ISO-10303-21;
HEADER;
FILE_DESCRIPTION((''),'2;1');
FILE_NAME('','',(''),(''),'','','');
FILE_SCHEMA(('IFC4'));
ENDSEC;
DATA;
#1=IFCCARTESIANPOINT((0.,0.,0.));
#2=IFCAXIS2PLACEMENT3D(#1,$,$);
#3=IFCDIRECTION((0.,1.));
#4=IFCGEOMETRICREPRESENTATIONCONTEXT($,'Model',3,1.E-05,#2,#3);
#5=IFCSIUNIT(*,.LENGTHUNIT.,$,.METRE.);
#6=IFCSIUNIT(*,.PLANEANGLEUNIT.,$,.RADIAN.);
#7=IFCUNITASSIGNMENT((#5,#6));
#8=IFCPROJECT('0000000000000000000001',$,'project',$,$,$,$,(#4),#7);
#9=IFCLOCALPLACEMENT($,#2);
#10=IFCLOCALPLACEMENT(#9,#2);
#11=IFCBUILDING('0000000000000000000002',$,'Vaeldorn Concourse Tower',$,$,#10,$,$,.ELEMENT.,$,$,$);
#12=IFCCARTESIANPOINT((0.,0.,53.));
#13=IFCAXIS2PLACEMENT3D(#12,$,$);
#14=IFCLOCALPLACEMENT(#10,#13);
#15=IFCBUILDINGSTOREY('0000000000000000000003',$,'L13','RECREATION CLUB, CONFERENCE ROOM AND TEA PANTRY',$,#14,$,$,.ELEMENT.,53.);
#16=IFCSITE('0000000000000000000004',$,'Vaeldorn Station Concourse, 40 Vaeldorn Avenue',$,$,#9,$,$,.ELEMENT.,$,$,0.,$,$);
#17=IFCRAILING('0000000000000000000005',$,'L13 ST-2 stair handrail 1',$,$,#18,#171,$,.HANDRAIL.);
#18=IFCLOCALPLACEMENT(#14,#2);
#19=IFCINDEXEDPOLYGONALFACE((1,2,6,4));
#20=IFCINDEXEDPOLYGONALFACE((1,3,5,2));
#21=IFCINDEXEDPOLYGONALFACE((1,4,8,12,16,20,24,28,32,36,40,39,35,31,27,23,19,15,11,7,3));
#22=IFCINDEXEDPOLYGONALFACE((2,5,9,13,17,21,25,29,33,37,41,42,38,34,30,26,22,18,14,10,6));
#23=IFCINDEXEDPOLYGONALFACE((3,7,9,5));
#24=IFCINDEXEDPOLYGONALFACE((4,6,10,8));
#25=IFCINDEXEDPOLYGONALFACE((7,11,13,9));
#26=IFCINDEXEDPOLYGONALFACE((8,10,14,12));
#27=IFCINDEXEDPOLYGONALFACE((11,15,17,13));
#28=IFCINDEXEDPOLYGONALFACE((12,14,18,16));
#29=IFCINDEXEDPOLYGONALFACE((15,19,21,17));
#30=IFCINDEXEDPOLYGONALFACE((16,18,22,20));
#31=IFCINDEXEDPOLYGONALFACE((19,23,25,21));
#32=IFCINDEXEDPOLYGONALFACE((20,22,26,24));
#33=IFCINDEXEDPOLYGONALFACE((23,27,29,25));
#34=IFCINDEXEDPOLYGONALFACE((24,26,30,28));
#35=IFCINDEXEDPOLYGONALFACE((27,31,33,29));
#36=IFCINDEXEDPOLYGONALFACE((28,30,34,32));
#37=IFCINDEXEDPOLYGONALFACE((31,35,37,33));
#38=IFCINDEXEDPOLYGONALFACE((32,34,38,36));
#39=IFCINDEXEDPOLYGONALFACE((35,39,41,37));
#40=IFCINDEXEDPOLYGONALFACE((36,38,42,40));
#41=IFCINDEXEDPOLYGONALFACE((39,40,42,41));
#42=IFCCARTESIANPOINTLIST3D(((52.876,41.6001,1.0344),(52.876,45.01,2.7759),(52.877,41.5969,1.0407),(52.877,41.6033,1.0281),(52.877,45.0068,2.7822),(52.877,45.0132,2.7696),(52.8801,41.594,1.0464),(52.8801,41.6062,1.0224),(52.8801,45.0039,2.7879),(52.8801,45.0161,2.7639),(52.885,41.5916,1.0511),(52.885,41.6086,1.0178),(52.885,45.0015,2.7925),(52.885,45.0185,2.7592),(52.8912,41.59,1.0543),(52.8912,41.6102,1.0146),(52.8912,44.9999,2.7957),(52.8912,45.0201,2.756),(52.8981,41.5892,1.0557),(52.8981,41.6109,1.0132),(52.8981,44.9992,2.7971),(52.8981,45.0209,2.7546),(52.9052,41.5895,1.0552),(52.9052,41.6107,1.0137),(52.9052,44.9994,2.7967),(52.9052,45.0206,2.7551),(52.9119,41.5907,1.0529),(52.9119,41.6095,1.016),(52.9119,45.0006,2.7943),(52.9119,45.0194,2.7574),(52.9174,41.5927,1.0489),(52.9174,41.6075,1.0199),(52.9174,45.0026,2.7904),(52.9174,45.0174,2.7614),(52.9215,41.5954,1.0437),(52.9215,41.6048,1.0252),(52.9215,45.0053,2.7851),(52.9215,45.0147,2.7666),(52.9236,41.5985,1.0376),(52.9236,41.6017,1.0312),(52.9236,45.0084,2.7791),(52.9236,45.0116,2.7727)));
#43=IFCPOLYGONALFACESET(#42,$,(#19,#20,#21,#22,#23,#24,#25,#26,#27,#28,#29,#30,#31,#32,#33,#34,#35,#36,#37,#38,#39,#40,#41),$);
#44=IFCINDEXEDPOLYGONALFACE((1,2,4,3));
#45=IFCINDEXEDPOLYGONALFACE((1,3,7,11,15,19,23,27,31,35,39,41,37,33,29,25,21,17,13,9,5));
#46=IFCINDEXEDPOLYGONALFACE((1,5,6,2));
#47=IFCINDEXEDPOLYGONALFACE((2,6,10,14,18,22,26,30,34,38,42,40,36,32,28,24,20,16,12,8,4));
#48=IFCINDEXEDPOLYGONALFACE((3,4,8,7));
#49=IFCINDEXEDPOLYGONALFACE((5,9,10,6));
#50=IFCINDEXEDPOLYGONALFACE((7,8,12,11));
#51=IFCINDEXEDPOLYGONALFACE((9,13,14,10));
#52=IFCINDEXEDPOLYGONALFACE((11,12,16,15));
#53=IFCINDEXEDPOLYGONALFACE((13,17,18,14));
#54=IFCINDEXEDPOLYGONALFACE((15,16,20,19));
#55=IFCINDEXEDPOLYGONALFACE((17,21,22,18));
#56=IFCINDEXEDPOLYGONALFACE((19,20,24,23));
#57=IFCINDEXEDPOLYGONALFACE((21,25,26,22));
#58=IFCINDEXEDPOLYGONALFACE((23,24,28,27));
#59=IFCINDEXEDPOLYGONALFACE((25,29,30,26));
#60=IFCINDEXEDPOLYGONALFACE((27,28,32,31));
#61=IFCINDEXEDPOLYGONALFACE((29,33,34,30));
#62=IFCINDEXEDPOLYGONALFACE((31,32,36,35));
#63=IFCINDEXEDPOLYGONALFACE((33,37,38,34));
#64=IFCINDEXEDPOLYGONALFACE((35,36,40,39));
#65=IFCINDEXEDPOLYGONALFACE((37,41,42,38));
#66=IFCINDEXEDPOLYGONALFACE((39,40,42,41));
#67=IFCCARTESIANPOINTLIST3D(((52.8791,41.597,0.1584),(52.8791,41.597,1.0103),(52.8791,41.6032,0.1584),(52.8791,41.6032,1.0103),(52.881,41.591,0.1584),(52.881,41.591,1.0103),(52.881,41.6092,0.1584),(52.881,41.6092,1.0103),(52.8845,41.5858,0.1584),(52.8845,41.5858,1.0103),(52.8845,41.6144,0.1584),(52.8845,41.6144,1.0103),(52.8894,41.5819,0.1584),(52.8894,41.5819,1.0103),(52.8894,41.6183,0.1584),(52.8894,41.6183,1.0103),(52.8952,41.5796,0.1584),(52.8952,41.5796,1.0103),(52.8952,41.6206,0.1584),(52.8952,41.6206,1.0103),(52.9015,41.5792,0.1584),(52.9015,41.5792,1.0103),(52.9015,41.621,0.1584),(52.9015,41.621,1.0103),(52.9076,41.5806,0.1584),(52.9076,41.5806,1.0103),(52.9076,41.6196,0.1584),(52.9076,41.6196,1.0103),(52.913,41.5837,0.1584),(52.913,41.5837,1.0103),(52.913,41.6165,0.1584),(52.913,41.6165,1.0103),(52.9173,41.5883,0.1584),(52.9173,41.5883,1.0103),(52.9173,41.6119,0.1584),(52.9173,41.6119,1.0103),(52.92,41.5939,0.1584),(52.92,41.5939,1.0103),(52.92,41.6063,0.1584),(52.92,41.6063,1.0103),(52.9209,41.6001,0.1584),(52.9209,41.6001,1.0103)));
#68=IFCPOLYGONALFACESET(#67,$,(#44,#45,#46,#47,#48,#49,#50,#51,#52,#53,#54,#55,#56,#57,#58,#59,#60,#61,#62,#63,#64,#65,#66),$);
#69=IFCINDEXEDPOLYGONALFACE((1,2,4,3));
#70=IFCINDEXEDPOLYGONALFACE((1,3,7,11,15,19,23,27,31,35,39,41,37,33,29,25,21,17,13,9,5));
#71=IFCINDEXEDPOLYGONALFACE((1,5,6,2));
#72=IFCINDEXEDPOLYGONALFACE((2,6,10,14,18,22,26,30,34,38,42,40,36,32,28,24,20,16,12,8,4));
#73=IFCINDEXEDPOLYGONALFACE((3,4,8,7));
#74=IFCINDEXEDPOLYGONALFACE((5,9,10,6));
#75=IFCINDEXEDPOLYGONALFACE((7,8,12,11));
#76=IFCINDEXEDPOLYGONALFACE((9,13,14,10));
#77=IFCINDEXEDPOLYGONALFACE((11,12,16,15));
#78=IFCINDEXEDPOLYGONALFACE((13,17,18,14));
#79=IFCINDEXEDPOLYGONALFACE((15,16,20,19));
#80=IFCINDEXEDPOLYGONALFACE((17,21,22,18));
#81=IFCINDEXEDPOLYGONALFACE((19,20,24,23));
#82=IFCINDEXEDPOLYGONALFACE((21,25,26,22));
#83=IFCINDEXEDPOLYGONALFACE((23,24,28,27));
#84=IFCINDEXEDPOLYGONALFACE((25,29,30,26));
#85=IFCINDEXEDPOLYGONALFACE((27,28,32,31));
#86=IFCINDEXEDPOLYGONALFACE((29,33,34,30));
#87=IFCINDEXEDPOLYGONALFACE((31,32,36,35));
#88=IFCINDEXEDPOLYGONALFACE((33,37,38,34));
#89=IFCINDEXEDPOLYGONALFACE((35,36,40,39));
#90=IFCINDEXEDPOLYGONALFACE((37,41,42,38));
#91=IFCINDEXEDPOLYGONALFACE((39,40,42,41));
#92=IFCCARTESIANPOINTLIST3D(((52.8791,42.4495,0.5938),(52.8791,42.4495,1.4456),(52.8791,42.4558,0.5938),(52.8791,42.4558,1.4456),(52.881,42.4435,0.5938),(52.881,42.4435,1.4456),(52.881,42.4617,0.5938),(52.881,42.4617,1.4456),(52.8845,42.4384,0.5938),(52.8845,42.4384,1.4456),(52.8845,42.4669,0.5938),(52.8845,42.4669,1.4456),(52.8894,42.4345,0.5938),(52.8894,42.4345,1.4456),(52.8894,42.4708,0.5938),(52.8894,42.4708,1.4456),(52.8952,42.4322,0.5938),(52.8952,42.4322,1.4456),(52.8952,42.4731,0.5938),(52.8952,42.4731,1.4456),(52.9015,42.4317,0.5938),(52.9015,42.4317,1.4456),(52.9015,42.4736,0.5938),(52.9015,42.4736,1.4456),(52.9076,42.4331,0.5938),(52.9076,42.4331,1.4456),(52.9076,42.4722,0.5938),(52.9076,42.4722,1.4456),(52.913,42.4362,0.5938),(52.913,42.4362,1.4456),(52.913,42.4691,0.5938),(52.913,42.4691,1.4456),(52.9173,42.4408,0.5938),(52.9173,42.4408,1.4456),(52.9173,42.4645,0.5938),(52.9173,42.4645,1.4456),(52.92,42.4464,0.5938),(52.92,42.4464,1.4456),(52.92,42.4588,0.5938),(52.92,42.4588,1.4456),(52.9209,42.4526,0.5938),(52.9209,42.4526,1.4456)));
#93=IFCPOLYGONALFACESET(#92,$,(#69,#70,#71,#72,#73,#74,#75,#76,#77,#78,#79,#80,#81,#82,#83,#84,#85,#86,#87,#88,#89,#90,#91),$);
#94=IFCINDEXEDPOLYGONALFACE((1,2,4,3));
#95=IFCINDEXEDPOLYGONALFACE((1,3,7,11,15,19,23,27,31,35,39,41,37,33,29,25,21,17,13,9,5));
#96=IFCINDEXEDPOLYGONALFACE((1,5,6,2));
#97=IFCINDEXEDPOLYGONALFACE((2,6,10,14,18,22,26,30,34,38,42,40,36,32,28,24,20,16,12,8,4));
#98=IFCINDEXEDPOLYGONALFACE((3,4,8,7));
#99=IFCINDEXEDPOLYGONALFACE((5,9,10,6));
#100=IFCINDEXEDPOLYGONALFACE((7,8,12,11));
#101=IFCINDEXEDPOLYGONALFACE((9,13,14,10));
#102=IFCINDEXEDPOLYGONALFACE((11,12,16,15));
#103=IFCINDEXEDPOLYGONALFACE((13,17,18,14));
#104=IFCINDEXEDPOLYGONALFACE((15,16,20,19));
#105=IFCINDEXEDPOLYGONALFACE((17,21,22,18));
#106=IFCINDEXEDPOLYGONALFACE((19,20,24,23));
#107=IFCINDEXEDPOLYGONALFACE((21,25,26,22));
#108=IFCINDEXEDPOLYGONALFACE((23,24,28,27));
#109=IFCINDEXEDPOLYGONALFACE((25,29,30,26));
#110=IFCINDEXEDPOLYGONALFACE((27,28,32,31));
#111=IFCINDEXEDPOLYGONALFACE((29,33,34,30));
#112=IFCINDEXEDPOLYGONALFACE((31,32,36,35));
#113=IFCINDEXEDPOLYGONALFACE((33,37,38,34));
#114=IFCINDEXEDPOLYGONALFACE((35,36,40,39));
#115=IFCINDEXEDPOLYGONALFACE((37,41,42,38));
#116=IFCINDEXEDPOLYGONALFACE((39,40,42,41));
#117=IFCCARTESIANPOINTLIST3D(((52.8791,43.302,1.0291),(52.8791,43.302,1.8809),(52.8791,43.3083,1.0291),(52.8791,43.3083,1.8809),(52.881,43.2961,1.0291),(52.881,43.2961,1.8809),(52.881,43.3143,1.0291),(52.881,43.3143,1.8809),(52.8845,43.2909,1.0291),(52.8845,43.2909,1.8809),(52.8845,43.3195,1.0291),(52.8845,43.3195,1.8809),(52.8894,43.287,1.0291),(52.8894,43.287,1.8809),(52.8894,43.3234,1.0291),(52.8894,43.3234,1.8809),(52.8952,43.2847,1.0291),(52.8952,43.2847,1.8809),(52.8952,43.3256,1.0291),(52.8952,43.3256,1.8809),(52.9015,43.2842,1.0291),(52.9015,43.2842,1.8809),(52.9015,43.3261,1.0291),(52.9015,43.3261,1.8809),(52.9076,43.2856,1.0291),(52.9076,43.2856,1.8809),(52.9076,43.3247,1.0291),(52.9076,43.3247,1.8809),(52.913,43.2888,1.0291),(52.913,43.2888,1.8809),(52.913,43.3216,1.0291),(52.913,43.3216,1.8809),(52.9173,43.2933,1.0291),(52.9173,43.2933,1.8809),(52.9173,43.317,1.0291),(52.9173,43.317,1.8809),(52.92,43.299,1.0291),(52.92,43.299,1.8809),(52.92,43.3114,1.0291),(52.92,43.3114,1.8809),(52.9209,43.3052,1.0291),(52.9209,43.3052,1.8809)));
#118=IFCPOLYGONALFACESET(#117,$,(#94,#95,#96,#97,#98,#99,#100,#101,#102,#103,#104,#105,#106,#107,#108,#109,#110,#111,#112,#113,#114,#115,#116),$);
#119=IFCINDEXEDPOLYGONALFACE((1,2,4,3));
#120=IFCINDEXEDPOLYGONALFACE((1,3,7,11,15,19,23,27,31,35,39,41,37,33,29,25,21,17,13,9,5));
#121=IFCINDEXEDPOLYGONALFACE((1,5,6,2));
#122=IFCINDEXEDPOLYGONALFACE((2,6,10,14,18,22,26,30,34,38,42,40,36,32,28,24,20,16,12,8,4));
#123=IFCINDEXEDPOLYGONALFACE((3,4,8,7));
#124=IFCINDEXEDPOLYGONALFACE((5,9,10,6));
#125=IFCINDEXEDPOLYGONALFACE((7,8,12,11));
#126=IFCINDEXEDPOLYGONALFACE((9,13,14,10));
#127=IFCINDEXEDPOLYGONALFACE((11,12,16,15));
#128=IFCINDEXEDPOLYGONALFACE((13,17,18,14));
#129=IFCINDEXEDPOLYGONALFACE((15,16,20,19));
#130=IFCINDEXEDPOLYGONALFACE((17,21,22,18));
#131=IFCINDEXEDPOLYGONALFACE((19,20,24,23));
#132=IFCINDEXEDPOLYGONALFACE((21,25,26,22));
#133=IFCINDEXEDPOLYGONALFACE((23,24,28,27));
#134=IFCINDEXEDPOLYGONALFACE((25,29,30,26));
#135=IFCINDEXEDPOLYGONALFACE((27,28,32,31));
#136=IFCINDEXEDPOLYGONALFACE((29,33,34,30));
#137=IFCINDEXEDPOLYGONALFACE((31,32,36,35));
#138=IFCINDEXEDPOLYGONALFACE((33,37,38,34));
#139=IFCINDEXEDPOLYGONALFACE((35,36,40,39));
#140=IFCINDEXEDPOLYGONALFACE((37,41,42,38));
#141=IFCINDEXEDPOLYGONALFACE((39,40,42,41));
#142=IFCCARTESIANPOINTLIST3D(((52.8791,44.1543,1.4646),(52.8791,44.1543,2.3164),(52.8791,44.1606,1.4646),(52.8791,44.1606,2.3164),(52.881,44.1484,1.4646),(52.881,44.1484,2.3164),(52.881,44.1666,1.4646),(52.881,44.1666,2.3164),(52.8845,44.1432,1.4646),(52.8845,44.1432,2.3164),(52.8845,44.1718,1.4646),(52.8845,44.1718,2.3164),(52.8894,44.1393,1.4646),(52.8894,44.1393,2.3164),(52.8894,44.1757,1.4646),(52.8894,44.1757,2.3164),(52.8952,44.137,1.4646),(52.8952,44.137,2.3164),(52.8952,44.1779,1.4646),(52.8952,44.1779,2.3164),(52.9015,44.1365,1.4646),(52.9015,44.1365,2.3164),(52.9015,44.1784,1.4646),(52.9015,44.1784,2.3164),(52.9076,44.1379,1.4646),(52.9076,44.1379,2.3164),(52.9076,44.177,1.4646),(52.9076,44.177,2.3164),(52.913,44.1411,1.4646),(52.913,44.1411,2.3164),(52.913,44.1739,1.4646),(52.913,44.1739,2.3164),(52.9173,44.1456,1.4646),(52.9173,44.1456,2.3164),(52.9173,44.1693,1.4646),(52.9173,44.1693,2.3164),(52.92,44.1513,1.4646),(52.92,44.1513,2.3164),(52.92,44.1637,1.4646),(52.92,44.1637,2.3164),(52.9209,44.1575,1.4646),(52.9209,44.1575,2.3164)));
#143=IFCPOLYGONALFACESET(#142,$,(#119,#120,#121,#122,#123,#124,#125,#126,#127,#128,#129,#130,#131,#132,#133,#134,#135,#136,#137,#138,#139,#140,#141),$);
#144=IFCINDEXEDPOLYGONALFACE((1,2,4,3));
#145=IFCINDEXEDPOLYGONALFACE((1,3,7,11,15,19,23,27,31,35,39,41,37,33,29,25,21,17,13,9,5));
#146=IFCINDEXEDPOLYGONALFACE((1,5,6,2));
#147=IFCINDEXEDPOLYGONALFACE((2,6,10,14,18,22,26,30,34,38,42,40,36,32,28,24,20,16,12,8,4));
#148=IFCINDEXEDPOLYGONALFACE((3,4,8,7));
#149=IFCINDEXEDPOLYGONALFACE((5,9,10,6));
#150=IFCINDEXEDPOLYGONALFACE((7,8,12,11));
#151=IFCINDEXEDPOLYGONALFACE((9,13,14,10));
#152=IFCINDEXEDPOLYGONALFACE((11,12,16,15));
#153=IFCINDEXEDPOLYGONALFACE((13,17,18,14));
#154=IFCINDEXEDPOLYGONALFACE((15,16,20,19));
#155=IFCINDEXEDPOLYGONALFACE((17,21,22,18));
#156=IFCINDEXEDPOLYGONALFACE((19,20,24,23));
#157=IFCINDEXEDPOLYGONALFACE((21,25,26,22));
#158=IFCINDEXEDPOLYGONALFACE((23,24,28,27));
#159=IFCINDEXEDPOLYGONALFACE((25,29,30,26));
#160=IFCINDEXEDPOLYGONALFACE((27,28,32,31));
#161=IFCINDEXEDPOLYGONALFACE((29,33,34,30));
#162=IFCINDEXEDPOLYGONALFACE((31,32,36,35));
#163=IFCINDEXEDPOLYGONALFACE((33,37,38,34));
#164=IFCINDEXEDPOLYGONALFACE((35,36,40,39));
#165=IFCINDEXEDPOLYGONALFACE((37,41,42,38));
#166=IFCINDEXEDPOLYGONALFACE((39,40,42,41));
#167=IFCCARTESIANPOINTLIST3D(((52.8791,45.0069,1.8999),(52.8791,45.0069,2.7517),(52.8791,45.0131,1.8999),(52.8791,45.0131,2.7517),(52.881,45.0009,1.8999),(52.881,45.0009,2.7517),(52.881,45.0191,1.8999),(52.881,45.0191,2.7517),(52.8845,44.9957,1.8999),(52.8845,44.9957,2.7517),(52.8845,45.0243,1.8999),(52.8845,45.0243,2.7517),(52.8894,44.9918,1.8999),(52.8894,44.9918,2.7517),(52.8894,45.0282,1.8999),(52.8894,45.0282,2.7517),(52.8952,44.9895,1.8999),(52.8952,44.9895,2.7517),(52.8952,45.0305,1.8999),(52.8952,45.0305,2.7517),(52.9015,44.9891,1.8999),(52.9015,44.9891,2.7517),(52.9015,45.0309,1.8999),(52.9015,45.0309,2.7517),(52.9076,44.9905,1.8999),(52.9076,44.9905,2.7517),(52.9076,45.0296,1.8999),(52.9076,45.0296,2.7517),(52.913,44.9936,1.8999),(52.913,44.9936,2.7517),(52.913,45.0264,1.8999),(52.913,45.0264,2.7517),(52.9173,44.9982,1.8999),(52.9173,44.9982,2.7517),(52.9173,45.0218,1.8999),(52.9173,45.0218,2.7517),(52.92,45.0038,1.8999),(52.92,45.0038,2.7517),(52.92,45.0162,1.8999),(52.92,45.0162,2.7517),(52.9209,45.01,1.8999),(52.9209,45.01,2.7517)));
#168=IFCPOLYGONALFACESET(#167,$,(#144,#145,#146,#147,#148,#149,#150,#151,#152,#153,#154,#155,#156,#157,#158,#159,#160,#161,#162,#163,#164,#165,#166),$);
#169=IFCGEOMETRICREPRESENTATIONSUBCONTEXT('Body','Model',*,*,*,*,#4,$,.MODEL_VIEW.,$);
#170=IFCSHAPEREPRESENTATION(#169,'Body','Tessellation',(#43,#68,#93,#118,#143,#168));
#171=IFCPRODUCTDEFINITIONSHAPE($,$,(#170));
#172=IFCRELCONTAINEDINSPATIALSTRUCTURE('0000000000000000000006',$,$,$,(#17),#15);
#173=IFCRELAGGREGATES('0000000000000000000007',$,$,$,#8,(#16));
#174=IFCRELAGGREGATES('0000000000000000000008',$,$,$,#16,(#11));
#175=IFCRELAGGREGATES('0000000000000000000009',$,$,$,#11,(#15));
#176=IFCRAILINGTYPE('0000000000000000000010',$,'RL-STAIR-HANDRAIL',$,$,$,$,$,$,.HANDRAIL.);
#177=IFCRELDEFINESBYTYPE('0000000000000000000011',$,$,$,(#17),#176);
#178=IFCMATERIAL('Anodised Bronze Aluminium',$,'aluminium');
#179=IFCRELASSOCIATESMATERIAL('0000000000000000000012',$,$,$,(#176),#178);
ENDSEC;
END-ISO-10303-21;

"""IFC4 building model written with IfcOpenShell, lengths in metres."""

from ifc_helpers import new_model, si_unit, direction, frame, origin, origin_2d, place, context, subcontext, project, spatial, circle, extrude, material, type_object, element, save


model = new_model("IFC4")

# Units and contexts
model_context = context("Model", 3, precision=1e-05, world=origin(), true_north=direction((0.0, 1.0)))
body_context = subcontext(model_context, "Body", "Model", "MODEL_VIEW")
ifc_project = project(units=[si_unit("LENGTHUNIT", "METRE"), si_unit("PLANEANGLEUNIT", "RADIAN")], contexts=[model_context])

# Site, building, storey
site_placement = place(None, origin())
site = spatial("IfcSite", under=ifc_project, at=site_placement, Name="Vaeldorn Station Concourse, 40 Vaeldorn Avenue", CompositionType="ELEMENT", RefElevation=0.0)
building_placement = place(site_placement, origin())
building = spatial("IfcBuilding", under=site, at=building_placement, Name="Vaeldorn Concourse Tower", CompositionType="ELEMENT")
storey_placement = place(building_placement, frame((0.0, 0.0, 53.0)))
storey = spatial("IfcBuildingStorey", under=building, at=storey_placement, Name="L13", Description="RECREATION CLUB, CONFERENCE ROOM AND TEA PANTRY", CompositionType="ELEMENT", Elevation=53.0)

# Shared definitions
ifc_material_1 = material(Name="Anodised Bronze Aluminium", Category="aluminium")

# Railing
railing_type_1 = type_object("IfcRailingType", Name="RL-STAIR-HANDRAIL", PredefinedType="HANDRAIL", material=ifc_material_1)
railing_1_placement = place(storey_placement, frame((52.8999, 41.6001, 0.1584)))
element("IfcRailing", 1, at=railing_1_placement, inside=storey, type_object=railing_type_1, Name="L13 ST-2 stair handrail 1", PredefinedType="HANDRAIL", context=body_context, shape_type="SweptSolid", body=[
    extrude(circle(Radius=0.0239, at=origin_2d()), frame((0.0, 0.0, 0.876), z_axis=(0.0, 0.890582, 0.454823), x_axis=(-1.0, 0.0, 0.0)), (0.0, 0.0, 1.0), 3.8289),
    extrude(circle(Radius=0.021, at=origin_2d()), origin(), (0.0, 0.0, 1.0), 0.8518),
    extrude(circle(Radius=0.021, at=origin_2d()), frame((0.0, 0.8525, 0.4353)), (0.0, 0.0, 1.0), 0.8518),
    extrude(circle(Radius=0.021, at=origin_2d()), frame((0.0, 1.7051, 0.8706)), (0.0, 0.0, 1.0), 0.8518),
    extrude(circle(Radius=0.021, at=origin_2d()), frame((0.0, 2.5574, 1.3062)), (0.0, 0.0, 1.0), 0.8518),
    extrude(circle(Radius=0.021, at=origin_2d()), frame((0.0, 3.4099, 1.7415)), (0.0, 0.0, 1.0), 0.8518),
])

save(model, "model.ifc")
